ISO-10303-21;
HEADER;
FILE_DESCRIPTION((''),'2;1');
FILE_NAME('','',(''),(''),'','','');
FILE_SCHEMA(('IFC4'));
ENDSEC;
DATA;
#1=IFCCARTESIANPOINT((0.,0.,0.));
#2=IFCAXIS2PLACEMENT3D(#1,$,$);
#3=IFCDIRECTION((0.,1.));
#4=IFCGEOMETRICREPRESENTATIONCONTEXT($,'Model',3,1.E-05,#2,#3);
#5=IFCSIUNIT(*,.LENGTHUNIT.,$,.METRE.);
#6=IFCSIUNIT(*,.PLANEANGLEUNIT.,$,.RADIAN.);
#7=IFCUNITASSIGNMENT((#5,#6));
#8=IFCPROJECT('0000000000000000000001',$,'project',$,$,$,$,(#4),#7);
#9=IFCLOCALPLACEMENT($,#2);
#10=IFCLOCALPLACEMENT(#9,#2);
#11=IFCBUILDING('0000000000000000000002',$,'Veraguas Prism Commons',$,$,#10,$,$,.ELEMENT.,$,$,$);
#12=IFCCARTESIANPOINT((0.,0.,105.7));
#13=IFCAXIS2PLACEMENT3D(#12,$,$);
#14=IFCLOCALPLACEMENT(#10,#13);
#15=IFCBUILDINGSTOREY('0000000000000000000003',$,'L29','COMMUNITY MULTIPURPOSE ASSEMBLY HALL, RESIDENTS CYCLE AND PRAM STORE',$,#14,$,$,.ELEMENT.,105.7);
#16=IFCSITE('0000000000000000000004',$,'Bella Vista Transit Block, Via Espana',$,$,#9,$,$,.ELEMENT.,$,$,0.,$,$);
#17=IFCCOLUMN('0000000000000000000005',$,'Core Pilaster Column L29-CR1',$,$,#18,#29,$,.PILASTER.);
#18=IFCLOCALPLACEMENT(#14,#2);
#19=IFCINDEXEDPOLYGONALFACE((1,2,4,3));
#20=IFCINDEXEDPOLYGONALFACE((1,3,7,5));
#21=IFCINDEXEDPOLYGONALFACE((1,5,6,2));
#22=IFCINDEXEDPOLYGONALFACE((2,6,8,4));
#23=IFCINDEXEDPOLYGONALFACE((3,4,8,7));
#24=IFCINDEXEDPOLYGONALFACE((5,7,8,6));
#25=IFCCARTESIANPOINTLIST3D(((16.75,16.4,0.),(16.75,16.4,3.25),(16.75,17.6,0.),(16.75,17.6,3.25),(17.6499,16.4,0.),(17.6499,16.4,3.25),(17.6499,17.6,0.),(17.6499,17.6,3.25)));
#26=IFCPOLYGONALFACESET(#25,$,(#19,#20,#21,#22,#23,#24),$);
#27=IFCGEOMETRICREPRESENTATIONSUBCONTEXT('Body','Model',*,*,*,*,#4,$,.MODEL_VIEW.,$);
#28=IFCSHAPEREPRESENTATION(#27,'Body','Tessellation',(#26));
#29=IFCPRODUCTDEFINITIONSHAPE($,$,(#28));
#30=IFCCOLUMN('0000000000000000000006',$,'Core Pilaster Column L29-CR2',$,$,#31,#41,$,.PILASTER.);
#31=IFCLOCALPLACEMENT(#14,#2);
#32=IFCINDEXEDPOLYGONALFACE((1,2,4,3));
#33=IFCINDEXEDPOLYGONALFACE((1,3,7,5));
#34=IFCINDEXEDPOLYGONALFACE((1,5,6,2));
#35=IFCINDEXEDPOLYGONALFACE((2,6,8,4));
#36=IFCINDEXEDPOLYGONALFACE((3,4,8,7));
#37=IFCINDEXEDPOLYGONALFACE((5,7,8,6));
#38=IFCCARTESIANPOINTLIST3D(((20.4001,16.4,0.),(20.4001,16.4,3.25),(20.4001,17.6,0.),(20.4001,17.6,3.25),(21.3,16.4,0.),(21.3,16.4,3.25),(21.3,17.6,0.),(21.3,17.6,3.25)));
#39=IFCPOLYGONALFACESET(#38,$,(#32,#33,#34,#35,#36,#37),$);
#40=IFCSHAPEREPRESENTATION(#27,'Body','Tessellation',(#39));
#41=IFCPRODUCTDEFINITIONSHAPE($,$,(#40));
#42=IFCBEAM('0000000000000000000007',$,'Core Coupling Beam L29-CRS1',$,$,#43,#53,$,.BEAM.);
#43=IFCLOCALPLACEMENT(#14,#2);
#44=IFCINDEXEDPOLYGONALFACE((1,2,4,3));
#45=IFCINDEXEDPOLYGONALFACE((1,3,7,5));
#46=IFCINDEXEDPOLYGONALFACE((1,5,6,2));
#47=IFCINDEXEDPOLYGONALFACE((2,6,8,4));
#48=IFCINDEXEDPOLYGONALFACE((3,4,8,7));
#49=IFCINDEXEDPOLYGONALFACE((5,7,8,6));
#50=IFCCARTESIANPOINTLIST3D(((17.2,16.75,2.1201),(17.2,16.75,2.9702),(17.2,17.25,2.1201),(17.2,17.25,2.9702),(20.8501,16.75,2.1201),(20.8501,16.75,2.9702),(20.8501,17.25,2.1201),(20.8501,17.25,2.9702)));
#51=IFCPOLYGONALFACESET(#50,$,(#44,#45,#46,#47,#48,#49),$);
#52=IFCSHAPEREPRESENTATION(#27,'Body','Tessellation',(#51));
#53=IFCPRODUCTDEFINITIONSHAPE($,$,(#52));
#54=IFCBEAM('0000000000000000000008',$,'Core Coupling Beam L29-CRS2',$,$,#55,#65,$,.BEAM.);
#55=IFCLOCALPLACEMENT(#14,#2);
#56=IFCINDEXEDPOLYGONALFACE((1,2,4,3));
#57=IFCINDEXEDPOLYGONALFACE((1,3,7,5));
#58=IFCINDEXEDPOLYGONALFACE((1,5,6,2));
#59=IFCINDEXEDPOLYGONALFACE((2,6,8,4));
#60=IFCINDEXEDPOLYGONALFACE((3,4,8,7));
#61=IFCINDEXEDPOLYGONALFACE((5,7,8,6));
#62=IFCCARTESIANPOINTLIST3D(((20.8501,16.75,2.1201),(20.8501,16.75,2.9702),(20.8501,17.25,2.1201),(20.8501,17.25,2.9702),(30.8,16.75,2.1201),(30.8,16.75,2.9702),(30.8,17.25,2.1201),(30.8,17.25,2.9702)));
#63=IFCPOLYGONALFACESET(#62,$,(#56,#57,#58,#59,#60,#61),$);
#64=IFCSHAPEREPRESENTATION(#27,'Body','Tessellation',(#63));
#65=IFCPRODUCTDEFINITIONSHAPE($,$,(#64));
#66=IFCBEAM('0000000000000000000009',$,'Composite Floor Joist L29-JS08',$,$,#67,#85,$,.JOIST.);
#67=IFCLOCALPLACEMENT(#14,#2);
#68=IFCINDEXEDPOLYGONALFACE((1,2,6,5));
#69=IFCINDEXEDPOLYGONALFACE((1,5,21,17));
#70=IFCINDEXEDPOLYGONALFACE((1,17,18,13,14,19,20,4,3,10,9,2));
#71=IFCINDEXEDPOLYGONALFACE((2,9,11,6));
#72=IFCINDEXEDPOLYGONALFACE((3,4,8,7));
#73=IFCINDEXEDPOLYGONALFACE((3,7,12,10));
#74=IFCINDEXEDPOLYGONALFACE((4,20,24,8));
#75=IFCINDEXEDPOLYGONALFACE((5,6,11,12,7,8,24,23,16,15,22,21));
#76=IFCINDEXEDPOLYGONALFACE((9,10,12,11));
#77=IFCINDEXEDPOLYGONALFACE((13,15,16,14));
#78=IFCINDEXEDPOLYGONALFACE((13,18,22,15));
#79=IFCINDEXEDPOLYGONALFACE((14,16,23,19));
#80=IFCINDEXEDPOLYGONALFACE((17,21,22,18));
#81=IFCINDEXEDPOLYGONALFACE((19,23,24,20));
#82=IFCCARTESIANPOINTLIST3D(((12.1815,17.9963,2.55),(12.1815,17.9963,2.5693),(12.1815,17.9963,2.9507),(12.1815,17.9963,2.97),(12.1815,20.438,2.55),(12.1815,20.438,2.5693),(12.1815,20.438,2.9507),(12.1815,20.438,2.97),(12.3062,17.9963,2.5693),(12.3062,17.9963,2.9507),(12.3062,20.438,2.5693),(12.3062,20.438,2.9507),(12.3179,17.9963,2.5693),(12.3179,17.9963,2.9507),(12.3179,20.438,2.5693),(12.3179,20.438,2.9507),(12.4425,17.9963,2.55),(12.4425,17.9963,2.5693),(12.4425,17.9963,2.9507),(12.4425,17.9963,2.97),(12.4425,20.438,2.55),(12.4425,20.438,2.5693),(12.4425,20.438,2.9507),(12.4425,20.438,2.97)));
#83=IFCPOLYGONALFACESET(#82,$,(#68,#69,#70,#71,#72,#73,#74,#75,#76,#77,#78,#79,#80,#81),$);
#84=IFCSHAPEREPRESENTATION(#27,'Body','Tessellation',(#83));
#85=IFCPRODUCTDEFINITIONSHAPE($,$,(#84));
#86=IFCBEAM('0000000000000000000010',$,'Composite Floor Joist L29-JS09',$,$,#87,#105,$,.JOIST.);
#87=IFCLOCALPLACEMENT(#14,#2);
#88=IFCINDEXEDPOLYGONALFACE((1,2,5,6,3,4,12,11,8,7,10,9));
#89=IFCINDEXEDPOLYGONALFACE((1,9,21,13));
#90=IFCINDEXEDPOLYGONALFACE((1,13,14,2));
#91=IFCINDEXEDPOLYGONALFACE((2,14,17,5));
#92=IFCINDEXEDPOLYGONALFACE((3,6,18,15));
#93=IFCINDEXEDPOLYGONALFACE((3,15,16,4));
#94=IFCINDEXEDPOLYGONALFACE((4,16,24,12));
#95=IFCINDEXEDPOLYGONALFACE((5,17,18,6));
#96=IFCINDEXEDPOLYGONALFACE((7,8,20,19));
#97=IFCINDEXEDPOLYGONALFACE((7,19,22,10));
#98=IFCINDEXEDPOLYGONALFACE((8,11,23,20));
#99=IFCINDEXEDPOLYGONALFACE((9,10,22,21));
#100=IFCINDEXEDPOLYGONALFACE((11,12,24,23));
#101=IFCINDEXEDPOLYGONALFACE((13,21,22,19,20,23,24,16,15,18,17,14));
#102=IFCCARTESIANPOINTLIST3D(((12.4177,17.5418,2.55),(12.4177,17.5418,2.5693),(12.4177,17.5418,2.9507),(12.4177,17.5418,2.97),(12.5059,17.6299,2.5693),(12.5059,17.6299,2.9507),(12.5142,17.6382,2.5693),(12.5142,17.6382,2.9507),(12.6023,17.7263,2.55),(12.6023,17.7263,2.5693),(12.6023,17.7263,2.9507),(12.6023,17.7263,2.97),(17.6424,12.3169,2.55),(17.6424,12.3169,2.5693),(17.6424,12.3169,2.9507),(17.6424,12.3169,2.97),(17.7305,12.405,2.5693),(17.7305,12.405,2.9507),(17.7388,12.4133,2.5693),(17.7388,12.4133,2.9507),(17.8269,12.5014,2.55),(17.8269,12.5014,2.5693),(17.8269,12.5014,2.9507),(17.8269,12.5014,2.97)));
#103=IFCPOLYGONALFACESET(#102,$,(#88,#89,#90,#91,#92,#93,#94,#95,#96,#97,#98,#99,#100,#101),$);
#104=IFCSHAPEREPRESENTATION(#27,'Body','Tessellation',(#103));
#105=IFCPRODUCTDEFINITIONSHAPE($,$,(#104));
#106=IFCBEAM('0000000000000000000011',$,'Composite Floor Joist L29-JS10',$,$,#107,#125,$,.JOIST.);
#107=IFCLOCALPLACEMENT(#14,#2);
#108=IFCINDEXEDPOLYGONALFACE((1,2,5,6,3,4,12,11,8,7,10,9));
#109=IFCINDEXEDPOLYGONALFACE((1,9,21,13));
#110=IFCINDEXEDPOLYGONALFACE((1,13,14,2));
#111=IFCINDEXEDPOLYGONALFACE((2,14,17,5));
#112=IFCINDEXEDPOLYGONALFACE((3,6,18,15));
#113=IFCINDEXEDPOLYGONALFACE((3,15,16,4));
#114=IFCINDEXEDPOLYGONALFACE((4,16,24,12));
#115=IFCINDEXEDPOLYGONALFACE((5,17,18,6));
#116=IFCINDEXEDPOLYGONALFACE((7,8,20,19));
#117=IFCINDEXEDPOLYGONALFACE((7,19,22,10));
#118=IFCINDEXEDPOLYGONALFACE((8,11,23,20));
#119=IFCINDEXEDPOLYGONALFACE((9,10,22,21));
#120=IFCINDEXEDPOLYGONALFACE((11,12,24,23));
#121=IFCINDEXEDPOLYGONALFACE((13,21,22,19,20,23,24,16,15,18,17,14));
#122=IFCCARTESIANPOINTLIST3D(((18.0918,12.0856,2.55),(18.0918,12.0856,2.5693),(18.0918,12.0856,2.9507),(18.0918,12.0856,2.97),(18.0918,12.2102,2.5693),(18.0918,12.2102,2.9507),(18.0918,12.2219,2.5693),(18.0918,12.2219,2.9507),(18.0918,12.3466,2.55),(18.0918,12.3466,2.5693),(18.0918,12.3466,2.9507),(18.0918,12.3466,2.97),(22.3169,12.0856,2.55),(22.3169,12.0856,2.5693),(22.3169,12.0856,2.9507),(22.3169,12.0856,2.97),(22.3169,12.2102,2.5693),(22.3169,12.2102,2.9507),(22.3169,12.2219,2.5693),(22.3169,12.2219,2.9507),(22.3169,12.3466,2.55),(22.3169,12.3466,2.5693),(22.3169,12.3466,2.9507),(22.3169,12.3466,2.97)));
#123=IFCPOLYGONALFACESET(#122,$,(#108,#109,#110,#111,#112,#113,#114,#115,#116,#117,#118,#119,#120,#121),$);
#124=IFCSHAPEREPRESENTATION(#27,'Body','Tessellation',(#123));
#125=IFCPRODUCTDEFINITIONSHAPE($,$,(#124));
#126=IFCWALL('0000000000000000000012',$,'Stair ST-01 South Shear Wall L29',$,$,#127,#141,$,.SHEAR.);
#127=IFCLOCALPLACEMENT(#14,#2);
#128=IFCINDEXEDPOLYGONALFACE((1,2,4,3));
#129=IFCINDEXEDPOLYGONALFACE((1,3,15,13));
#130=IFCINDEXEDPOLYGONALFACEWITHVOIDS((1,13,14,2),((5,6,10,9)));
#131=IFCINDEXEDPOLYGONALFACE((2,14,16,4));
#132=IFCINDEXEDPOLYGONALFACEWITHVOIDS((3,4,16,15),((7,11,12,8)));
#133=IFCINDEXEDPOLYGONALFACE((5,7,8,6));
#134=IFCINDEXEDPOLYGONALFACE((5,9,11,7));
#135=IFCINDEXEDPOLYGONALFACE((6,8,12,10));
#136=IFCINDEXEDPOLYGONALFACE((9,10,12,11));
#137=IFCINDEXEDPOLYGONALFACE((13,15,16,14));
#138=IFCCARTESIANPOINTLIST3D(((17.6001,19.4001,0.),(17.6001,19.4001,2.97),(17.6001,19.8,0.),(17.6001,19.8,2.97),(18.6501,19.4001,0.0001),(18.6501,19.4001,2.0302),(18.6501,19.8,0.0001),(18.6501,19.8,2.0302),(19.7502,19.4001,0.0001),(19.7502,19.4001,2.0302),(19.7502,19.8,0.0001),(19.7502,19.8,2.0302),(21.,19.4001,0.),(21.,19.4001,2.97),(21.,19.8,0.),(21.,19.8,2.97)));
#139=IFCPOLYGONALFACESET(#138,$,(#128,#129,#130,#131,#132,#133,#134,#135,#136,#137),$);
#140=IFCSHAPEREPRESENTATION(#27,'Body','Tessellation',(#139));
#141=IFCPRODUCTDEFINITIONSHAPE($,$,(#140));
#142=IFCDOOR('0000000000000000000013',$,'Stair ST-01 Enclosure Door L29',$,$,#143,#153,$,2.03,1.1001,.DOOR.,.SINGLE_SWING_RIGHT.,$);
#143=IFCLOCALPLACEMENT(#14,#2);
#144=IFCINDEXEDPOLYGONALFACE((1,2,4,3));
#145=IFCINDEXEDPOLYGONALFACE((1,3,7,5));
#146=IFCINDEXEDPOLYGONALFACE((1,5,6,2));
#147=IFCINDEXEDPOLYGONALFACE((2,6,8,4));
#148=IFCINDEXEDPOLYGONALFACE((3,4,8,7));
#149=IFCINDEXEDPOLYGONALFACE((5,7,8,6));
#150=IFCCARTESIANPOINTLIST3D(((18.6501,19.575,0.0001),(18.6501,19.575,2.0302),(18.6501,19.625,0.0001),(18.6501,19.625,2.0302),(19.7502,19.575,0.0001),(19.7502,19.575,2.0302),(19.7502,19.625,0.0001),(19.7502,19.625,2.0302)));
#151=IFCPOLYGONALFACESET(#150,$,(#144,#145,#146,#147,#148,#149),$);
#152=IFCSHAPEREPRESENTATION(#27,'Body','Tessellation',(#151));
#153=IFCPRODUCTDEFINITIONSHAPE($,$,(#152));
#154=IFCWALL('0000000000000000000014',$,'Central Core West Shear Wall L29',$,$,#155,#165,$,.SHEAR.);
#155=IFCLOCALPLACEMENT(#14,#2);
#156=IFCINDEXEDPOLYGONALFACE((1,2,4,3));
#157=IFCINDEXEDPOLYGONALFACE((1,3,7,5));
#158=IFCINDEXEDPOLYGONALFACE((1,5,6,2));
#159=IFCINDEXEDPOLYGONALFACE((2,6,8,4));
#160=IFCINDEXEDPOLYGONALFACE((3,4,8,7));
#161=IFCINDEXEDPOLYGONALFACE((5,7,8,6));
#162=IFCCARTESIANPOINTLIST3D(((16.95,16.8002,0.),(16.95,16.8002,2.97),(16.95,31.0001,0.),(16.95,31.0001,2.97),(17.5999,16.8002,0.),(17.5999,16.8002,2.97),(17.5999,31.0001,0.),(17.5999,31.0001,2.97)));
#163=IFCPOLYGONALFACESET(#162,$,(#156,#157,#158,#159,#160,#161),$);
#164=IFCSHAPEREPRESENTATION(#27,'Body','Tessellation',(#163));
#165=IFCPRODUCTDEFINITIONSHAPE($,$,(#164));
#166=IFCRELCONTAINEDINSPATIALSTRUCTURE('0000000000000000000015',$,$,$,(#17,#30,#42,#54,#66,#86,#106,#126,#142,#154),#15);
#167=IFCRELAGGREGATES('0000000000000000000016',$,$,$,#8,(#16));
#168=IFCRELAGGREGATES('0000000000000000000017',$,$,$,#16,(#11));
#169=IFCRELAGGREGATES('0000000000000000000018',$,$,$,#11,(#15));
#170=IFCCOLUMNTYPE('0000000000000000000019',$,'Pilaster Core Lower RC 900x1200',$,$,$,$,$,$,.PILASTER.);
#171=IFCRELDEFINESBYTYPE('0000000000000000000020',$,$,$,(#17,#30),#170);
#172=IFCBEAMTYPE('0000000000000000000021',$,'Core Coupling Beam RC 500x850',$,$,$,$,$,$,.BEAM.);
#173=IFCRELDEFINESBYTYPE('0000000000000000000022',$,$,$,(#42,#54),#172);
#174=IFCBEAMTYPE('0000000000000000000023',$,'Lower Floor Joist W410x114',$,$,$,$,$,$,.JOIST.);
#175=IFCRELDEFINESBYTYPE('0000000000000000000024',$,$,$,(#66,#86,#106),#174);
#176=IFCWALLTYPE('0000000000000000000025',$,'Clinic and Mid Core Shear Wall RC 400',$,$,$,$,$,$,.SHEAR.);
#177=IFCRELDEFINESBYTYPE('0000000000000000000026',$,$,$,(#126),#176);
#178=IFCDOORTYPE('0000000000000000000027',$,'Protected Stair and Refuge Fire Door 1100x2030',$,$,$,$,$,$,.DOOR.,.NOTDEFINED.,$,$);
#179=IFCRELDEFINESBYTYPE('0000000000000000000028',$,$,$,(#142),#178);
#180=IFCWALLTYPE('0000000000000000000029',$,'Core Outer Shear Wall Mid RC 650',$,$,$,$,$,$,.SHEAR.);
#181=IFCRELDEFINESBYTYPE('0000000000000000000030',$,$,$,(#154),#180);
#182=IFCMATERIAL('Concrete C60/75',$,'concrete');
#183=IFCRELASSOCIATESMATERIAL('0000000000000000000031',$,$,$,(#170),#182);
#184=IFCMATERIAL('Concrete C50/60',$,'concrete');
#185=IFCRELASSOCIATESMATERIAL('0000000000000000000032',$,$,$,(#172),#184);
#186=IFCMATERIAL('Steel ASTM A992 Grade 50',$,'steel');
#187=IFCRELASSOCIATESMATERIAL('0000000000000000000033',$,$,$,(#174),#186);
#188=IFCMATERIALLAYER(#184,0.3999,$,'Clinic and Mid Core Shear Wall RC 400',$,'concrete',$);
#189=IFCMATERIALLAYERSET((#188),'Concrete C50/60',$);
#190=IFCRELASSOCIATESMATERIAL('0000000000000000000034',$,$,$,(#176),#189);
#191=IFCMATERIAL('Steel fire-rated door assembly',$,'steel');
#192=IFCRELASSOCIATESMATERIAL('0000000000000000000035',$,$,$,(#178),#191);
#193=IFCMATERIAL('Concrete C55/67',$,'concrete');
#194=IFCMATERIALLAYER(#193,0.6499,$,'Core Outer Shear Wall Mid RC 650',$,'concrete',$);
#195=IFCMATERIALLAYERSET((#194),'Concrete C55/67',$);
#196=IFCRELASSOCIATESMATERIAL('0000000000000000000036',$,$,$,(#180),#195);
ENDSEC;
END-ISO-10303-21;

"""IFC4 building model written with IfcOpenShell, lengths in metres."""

from ifc_helpers import new_model, si_unit, direction, frame, frame_2d, origin, origin_2d, place, context, subcontext, project, spatial, rectangle, i_section, extrude, source, transform, mapped, material, layer, layer_set, material_profile, profile_set, type_object, element, fill, save


model = new_model("IFC4")

# Units and contexts
model_context = context("Model", 3, precision=1e-05, world=origin(), true_north=direction((0.0, 1.0)))
body_context = subcontext(model_context, "Body", "Model", "MODEL_VIEW")
ifc_project = project(units=[si_unit("LENGTHUNIT", "METRE"), si_unit("PLANEANGLEUNIT", "RADIAN")], contexts=[model_context])

# Site, building, storey
site_placement = place(None, origin())
site = spatial("IfcSite", under=ifc_project, at=site_placement, Name="Bella Vista Transit Block, Via Espana", CompositionType="ELEMENT", RefElevation=0.0)
building_placement = place(site_placement, origin())
building = spatial("IfcBuilding", under=site, at=building_placement, Name="Veraguas Prism Commons", CompositionType="ELEMENT")
storey_placement = place(building_placement, frame((0.0, 0.0, 105.7)))
storey = spatial("IfcBuildingStorey", under=building, at=storey_placement, Name="L29", Description="COMMUNITY MULTIPURPOSE ASSEMBLY HALL, RESIDENTS CYCLE AND PRAM STORE", CompositionType="ELEMENT", Elevation=105.7)

# Columns
ifc_material_1 = material(Name="Concrete C60/75", Category="concrete")
ifc_material_profile_1 = material_profile(ifc_material_1, rectangle(XDim=0.8999, YDim=1.2, at=origin_2d()), Name="RC900X1200")
ifc_profile_set_1 = profile_set([ifc_material_profile_1], Name="Concrete C60/75")
column_type = type_object("IfcColumnType", Name="Pilaster Core Lower RC 900x1200", PredefinedType="PILASTER", material=ifc_profile_set_1)
for number, where, z_axis, x_axis, name in (
    (1, (17.2, 17.0, 0.0), (0.0, 0.0, 1.0), (1.0, 0.0, 0.0), "Core Pilaster Column L29-CR1"),
    (2, (20.8501, 17.0, 0.0), (0.0, 0.0, 1.0), (1.0, 0.0, 0.0), "Core Pilaster Column L29-CR2"),
):
    element("IfcColumn", number, at=place(storey_placement, frame(where, z_axis=z_axis, x_axis=x_axis)), inside=storey, type_object=column_type, Name=name, PredefinedType="PILASTER", context=body_context, shape_type="SweptSolid", body=[
        extrude(rectangle(XDim=0.8999, YDim=1.2, at=origin_2d()), origin(), (0.0, 0.0, 1.0), 3.25),
    ])

# Beams
ifc_material_2 = material(Name="Concrete C50/60", Category="concrete")
ifc_material_profile_2 = material_profile(ifc_material_2, rectangle(XDim=0.5, YDim=0.8501, at=origin_2d()), Name="RC500X850")
ifc_profile_set_2 = profile_set([ifc_material_profile_2], Name="Concrete C50/60")
beam_type_1 = type_object("IfcBeamType", Name="Core Coupling Beam RC 500x850", PredefinedType="BEAM", material=ifc_profile_set_2)
beam_1_placement = place(storey_placement, frame((17.2, 17.0, 2.5452), z_axis=(1.0, 0.0, 0.0), x_axis=(0.0, 1.0, 0.0)))
element("IfcBeam", 3, at=beam_1_placement, inside=storey, type_object=beam_type_1, Name="Core Coupling Beam L29-CRS1", PredefinedType="BEAM", context=body_context, shape_type="SweptSolid", body=[
    extrude(rectangle(XDim=0.5, YDim=0.8501, at=origin_2d()), origin(), (0.0, 0.0, 1.0), 3.6501),
])
beam_2_placement = place(storey_placement, frame((20.8501, 17.0, 2.5452), z_axis=(1.0, 0.0, 0.0), x_axis=(0.0, 1.0, 0.0)))
element("IfcBeam", 4, at=beam_2_placement, inside=storey, type_object=beam_type_1, Name="Core Coupling Beam L29-CRS2", PredefinedType="BEAM", context=body_context, shape_type="SweptSolid", body=[
    extrude(rectangle(XDim=0.5, YDim=0.8501, at=origin_2d()), origin(), (0.0, 0.0, 1.0), 9.95),
])
ifc_material_3 = material(Name="Steel ASTM A992 Grade 50", Category="steel")
ifc_material_profile_3 = material_profile(ifc_material_3, i_section(OverallWidth=0.261, OverallDepth=0.4199, WebThickness=0.0117, FlangeThickness=0.0193, at=origin_2d()), Name="W410X114")
ifc_profile_set_3 = profile_set([ifc_material_profile_3], Name="Steel ASTM A992 Grade 50")
beam_type_2 = type_object("IfcBeamType", Name="Lower Floor Joist W410x114", PredefinedType="JOIST", material=ifc_profile_set_3)
beam_3_placement = place(storey_placement, frame((12.312, 20.438, 2.76), z_axis=(0.0, -1.0, 0.0), x_axis=(1.0, 0.0, 0.0)))
element("IfcBeam", 5, at=beam_3_placement, inside=storey, type_object=beam_type_2, Name="Composite Floor Joist L29-JS08", PredefinedType="JOIST", context=body_context, shape_type="SweptSolid", body=[
    extrude(i_section(OverallWidth=0.261, OverallDepth=0.4199, WebThickness=0.0117, FlangeThickness=0.0193, at=origin_2d()), origin(), (0.0, 0.0, 1.0), 2.4417),
])
beam_4_placement = place(storey_placement, frame((12.51, 17.634, 2.76), z_axis=(0.70709, -0.707123, 0.0), x_axis=(0.707123, 0.70709, 0.0)))
element("IfcBeam", 6, at=beam_4_placement, inside=storey, type_object=beam_type_2, Name="Composite Floor Joist L29-JS09", PredefinedType="JOIST", context=body_context, shape_type="SweptSolid", body=[
    extrude(i_section(OverallWidth=0.261, OverallDepth=0.4199, WebThickness=0.0117, FlangeThickness=0.0193, at=origin_2d()), origin(), (0.0, 0.0, 1.0), 7.3889),
])
beam_5_placement = place(storey_placement, frame((18.0918, 12.2161, 2.76), z_axis=(1.0, 0.0, 0.0), x_axis=(0.0, 1.0, 0.0)))
element("IfcBeam", 7, at=beam_5_placement, inside=storey, type_object=beam_type_2, Name="Composite Floor Joist L29-JS10", PredefinedType="JOIST", context=body_context, shape_type="SweptSolid", body=[
    extrude(i_section(OverallWidth=0.261, OverallDepth=0.4199, WebThickness=0.0117, FlangeThickness=0.0193, at=origin_2d()), origin(), (0.0, 0.0, 1.0), 4.2251),
])

# Wall, opening, door
ifc_layer_1 = layer(ifc_material_2, 0.3999, Name="Clinic and Mid Core Shear Wall RC 400", Category="concrete")
ifc_layer_set_1 = layer_set([ifc_layer_1], Name="Concrete C50/60")
wall_type_1 = type_object("IfcWallType", Name="Clinic and Mid Core Shear Wall RC 400", PredefinedType="SHEAR", material=ifc_layer_set_1)
wall_1_placement = place(storey_placement, frame((17.6001, 19.6001, 0.0), z_axis=(0.0, 0.0, 1.0), x_axis=(1.0, 0.0, 0.0)))
wall_1 = element("IfcWall", 8, at=wall_1_placement, inside=storey, type_object=wall_type_1, Name="Stair ST-01 South Shear Wall L29", PredefinedType="SHEAR", context=body_context, shape_type="SweptSolid", body=[
    extrude(rectangle(XDim=3.3999, YDim=0.3999, at=frame_2d((1.7, 0.0))), origin(), (0.0, 0.0, 1.0), 2.97),
])
opening_1_placement = place(wall_1_placement, frame((1.05, 0.0, 0.0)))
opening_1 = element("IfcOpeningElement", 9, at=opening_1_placement, cuts=wall_1, PredefinedType="OPENING", context=body_context, shape_type="SweptSolid", body=[
    extrude(rectangle(XDim=1.1001, YDim=2.03, at=frame_2d((0.55, 1.0151))), frame((0.0, 0.21, 0.0), z_axis=(0.0, -1.0, 0.0), x_axis=(1.0, 0.0, 0.0)), (0.0, 0.0, 1.0), 0.4199),
])
ifc_material_4 = material(Name="Steel fire-rated door assembly", Category="steel")
door_type_1 = type_object("IfcDoorType", Name="Protected Stair and Refuge Fire Door 1100x2030", OperationType="NOTDEFINED", PredefinedType="DOOR", material=ifc_material_4)
shared_shape_1 = source(origin(), body_context, "Body", "SweptSolid", [
    extrude(rectangle(XDim=1.1001, YDim=2.03, at=frame_2d((0.55, 1.0151))), frame((0.0, 0.0249, 0.0), z_axis=(0.0, -1.0, 0.0), x_axis=(1.0, 0.0, 0.0)), (0.0, 0.0, 1.0), 0.05),
])
door_1_placement = place(opening_1_placement, origin())
door_1 = element("IfcDoor", 10, at=door_1_placement, inside=storey, type_object=door_type_1, Name="Stair ST-01 Enclosure Door L29", OperationType="SINGLE_SWING_RIGHT", OverallHeight=2.03, OverallWidth=1.1001, PredefinedType="DOOR", context=body_context, shape_type="MappedRepresentation", body=[
    mapped(shared_shape_1, transform((0.0, 0.0, 0.0), scale=1.0)),
])
fill(opening_1, door_1)

# Wall
ifc_material_5 = material(Name="Concrete C55/67", Category="concrete")
ifc_layer_2 = layer(ifc_material_5, 0.6499, Name="Core Outer Shear Wall Mid RC 650", Category="concrete")
ifc_layer_set_2 = layer_set([ifc_layer_2], Name="Concrete C55/67")
wall_type_2 = type_object("IfcWallType", Name="Core Outer Shear Wall Mid RC 650", PredefinedType="SHEAR", material=ifc_layer_set_2)
wall_2_placement = place(storey_placement, frame((17.2749, 16.8, 0.0), z_axis=(0.0, 0.0, 1.0), x_axis=(0.0, 1.0, 0.0)))
element("IfcWall", 11, at=wall_2_placement, inside=storey, type_object=wall_type_2, Name="Central Core West Shear Wall L29", PredefinedType="SHEAR", context=body_context, shape_type="SweptSolid", body=[
    extrude(rectangle(XDim=14.2, YDim=0.6499, at=frame_2d((7.1001, 0.0))), origin(), (0.0, 0.0, 1.0), 2.97),
])

save(model, "model.ifc")
